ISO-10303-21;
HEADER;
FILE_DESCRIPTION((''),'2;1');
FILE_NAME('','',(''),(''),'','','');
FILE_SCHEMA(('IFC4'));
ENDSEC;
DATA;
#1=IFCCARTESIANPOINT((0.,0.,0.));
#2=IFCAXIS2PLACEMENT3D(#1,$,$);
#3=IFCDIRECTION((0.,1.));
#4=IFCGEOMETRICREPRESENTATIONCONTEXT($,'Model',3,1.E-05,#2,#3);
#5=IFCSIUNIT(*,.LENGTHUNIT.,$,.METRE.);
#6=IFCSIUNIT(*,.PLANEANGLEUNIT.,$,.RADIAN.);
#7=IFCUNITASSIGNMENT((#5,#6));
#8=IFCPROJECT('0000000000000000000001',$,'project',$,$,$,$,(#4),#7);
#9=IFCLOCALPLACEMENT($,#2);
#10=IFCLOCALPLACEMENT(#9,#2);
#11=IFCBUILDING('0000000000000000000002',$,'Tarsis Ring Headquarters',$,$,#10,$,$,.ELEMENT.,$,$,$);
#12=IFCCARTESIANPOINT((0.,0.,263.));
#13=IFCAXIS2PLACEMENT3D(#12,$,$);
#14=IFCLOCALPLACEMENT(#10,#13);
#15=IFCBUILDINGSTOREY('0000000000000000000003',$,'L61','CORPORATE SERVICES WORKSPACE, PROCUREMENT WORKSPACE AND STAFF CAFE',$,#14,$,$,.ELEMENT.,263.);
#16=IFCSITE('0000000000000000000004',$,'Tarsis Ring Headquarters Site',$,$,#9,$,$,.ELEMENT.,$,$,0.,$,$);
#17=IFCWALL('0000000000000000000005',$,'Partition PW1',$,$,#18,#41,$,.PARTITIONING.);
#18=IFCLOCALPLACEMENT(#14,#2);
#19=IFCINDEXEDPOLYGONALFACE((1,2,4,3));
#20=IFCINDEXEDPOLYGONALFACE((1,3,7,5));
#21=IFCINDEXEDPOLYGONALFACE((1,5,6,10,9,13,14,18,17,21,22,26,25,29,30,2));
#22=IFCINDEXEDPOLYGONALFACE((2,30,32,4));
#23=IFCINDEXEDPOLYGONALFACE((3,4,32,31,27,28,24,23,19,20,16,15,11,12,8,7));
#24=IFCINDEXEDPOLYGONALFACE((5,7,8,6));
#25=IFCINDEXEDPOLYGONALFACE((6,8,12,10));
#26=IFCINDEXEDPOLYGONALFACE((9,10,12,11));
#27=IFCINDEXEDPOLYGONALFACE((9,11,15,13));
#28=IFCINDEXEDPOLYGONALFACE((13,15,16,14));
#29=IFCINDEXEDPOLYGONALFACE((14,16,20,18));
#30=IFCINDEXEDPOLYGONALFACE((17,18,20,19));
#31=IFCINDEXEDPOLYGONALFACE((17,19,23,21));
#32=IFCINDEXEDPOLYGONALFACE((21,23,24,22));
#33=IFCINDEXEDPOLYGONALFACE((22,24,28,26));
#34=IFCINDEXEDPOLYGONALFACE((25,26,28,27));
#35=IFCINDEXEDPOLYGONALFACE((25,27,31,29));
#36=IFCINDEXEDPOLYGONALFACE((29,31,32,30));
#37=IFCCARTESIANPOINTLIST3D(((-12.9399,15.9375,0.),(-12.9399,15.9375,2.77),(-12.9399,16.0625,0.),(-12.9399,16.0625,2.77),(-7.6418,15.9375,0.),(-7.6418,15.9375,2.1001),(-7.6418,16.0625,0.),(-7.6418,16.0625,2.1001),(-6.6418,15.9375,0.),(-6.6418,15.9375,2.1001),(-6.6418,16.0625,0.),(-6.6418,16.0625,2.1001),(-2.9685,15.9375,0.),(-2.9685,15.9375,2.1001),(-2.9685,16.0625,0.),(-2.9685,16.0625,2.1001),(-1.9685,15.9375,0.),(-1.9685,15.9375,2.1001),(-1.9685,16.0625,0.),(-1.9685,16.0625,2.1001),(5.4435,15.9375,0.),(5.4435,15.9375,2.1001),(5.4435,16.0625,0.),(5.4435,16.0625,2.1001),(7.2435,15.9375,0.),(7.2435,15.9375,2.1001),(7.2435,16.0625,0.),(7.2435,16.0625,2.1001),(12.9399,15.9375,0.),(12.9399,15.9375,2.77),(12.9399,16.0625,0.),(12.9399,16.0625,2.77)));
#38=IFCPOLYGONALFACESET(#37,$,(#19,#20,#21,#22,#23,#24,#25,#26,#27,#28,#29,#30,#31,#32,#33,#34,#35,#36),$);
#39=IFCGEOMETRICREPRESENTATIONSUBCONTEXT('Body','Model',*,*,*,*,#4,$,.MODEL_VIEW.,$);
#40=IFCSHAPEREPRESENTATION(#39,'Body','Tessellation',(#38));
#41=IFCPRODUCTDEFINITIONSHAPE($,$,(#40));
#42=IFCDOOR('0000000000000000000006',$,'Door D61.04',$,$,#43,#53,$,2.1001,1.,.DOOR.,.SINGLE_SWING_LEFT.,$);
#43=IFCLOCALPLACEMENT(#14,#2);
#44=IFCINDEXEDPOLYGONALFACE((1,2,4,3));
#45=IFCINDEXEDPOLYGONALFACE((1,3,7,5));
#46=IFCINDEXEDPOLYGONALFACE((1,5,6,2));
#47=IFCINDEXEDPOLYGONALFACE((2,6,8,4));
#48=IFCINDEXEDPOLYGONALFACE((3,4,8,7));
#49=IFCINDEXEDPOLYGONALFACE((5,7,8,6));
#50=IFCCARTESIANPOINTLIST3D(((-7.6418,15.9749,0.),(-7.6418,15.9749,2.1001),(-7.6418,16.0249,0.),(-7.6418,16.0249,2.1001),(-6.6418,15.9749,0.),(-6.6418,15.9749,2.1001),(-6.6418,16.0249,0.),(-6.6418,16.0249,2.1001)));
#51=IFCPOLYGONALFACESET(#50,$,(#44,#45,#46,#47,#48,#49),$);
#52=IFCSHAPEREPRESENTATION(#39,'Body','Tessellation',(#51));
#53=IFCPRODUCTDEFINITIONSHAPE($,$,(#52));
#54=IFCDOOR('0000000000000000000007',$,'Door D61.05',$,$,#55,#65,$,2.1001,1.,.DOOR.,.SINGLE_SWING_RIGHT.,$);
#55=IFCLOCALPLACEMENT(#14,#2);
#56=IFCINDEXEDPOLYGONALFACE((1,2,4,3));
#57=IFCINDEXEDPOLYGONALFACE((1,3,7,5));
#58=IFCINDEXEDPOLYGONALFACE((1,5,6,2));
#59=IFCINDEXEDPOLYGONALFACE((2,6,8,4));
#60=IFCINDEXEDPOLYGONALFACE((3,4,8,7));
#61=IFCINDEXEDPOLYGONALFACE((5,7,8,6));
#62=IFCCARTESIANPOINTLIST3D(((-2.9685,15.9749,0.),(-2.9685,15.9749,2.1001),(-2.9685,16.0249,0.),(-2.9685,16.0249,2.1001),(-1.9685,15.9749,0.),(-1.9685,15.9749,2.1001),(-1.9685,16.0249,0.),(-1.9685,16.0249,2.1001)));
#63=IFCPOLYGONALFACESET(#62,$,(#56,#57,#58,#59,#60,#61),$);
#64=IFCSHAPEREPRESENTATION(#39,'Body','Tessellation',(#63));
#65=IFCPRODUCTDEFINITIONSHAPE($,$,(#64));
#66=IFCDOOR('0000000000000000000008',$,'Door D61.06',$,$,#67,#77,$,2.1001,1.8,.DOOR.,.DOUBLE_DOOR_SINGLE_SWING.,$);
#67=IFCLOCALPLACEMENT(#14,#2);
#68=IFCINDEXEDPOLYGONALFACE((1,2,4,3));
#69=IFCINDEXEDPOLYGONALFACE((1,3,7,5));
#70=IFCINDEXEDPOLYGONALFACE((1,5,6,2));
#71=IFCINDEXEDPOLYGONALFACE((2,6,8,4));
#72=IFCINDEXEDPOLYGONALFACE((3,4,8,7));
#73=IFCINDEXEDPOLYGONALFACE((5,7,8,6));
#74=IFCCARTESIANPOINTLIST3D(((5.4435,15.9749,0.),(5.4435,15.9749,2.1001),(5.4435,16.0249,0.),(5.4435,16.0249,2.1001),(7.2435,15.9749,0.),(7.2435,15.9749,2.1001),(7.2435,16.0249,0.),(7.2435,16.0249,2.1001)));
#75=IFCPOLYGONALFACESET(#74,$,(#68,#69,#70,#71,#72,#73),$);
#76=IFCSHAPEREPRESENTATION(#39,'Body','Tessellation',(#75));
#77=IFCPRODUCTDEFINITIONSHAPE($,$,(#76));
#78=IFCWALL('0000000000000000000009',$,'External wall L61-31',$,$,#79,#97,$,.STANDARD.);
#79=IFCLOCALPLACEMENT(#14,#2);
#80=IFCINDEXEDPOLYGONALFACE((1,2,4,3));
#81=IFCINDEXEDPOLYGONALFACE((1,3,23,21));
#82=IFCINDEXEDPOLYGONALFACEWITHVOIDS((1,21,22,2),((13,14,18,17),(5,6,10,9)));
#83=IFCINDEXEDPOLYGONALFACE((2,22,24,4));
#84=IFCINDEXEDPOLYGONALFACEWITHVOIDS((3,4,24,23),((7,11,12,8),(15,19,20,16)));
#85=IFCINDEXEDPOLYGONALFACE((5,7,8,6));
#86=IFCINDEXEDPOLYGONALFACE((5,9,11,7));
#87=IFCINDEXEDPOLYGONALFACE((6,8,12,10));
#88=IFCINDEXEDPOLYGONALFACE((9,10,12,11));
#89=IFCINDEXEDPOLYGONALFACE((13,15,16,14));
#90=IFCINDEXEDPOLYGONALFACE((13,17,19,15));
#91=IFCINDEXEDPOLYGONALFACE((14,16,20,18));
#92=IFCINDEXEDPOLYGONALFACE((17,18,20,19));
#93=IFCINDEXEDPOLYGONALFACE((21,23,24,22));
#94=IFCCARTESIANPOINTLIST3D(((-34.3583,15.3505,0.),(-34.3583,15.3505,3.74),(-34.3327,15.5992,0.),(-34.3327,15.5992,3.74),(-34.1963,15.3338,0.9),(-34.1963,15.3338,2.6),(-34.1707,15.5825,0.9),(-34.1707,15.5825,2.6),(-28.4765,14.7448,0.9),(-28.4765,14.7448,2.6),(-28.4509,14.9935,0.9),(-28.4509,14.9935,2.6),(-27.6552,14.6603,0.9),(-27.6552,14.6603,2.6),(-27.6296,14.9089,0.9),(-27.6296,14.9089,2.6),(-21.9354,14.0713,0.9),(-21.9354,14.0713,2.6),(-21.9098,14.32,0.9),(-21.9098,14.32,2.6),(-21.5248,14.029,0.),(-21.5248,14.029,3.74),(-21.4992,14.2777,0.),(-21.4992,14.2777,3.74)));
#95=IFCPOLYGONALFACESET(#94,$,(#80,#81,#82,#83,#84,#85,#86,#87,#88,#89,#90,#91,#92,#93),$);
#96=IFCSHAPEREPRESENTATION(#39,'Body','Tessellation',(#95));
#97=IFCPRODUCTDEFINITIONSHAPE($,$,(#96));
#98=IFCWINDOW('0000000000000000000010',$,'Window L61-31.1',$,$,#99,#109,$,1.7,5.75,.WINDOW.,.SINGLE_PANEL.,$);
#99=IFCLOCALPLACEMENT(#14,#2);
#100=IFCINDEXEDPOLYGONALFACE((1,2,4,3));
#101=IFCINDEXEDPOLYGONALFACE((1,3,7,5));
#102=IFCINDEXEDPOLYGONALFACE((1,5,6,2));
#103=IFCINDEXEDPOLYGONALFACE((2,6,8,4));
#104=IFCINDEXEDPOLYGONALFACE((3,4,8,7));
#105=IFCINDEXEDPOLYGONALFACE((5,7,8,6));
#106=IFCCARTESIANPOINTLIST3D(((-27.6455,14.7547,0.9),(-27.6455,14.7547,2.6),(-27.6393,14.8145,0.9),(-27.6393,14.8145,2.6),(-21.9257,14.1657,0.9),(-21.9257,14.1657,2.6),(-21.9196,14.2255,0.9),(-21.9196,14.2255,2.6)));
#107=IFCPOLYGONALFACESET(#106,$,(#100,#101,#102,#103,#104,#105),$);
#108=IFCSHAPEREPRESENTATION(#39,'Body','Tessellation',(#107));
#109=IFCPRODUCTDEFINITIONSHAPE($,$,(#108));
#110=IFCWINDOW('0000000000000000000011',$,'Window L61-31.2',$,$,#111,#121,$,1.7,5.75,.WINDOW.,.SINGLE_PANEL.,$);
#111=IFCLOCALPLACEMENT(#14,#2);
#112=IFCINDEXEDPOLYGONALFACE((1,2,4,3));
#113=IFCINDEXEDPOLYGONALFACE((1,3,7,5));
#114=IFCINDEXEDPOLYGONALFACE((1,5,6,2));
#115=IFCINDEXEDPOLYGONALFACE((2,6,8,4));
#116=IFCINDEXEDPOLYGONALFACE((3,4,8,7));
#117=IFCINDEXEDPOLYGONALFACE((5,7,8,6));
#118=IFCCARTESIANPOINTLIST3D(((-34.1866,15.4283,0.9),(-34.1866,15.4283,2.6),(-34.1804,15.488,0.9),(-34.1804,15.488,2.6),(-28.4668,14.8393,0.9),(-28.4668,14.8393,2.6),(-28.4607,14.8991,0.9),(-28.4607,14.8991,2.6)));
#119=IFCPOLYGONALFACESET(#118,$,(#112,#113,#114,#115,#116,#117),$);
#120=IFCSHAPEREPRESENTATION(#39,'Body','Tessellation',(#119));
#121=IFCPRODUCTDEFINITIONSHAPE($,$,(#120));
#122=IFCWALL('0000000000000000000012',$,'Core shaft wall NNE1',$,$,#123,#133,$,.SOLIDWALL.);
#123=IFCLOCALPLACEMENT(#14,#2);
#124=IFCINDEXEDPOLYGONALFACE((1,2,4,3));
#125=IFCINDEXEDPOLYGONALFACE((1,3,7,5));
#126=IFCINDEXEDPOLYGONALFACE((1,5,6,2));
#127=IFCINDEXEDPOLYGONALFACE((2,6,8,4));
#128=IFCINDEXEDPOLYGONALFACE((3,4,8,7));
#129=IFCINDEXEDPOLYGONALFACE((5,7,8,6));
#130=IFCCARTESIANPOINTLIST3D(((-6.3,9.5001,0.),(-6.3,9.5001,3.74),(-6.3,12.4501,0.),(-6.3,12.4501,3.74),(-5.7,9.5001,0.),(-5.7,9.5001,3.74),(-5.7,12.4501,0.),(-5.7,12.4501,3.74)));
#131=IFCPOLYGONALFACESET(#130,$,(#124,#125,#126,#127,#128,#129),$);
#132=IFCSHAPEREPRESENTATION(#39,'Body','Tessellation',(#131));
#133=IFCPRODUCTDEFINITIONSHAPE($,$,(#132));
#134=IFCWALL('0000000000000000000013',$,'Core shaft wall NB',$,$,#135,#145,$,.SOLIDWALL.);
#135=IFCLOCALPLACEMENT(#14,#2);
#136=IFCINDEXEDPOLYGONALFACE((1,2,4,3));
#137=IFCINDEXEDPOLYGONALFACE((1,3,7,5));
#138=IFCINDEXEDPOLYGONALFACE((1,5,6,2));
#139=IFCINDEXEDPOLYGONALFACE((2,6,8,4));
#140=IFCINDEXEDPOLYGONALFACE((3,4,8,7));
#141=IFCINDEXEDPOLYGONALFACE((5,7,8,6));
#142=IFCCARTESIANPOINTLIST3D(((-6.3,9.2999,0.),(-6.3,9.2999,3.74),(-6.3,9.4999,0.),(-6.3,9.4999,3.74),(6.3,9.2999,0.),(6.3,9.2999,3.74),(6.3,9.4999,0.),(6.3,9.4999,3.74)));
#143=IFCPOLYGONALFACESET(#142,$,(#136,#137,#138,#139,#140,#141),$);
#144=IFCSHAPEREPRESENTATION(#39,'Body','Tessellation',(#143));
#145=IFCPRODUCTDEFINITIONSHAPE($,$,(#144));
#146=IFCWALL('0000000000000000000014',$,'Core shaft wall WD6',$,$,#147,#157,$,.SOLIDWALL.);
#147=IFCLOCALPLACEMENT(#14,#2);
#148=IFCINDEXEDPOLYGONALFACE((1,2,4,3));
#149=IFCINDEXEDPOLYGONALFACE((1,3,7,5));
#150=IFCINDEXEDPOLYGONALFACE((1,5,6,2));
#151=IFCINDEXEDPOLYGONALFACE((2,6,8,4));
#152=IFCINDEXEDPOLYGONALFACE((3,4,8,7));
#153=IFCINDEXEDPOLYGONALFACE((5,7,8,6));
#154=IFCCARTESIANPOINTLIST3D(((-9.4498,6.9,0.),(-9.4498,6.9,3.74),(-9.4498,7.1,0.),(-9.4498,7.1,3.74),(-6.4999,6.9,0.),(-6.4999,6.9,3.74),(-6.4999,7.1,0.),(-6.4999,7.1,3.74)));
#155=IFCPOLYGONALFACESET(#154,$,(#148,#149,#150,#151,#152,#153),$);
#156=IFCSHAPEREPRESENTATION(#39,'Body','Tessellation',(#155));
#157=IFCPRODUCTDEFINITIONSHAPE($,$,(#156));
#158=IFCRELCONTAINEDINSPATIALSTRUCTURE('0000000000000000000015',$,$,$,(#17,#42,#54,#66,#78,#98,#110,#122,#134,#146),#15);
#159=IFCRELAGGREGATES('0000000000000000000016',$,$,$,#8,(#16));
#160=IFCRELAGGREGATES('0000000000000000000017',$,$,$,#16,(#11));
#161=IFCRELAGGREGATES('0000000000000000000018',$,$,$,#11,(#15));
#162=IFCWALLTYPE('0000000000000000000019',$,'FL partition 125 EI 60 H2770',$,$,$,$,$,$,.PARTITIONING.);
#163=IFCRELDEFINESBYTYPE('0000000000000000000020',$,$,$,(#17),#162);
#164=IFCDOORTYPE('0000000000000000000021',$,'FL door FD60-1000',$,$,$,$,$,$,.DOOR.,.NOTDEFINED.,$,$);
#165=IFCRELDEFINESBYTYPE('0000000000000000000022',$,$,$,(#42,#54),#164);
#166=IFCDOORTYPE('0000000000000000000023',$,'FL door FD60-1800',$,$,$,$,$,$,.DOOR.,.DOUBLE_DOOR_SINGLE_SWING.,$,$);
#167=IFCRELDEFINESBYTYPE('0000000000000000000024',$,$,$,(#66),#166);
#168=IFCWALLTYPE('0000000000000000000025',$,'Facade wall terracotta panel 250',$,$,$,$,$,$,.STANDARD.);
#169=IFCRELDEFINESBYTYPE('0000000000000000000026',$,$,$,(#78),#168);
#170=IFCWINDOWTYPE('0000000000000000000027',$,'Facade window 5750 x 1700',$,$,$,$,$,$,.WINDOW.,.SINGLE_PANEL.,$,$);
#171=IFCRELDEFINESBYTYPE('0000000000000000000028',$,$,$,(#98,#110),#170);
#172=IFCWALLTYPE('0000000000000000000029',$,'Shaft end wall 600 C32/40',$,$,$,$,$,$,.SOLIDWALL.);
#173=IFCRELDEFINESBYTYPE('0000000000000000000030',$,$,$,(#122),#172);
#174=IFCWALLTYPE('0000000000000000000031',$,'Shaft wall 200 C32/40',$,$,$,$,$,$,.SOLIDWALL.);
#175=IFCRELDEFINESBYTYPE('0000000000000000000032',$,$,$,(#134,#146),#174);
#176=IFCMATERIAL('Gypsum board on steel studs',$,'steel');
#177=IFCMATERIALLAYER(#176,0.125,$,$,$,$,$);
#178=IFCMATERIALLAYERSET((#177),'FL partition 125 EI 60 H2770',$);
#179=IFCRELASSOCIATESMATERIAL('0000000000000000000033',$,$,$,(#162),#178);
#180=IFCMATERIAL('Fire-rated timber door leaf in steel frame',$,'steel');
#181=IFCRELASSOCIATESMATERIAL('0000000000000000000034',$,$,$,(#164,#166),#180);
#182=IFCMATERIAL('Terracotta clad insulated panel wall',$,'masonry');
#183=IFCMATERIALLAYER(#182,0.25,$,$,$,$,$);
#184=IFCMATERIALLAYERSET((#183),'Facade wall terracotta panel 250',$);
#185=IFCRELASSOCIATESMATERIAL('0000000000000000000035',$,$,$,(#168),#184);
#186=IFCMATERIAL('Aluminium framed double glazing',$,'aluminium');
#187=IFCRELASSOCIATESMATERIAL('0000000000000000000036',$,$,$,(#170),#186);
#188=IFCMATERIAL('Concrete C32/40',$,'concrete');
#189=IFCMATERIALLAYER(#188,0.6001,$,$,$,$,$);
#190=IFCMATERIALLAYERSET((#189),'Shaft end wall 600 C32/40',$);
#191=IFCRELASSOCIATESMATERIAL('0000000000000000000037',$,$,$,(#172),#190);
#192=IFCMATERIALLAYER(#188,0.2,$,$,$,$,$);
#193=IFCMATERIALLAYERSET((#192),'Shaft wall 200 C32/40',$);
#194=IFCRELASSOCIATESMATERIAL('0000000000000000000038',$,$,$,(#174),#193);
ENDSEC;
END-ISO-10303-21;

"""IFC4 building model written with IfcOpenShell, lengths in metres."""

from ifc_helpers import new_model, si_unit, direction, frame, frame_2d, origin, place, context, subcontext, project, spatial, rectangle, extrude, material, layer, layer_set, type_object, element, fill, save


model = new_model("IFC4")

# Units and contexts
model_context = context("Model", 3, precision=1e-05, world=origin(), true_north=direction((0.0, 1.0)))
body_context = subcontext(model_context, "Body", "Model", "MODEL_VIEW")
ifc_project = project(units=[si_unit("LENGTHUNIT", "METRE"), si_unit("PLANEANGLEUNIT", "RADIAN")], contexts=[model_context])

# Site, building, storey
site_placement = place(None, origin())
site = spatial("IfcSite", under=ifc_project, at=site_placement, Name="Tarsis Ring Headquarters Site", CompositionType="ELEMENT", RefElevation=0.0)
building_placement = place(site_placement, origin())
building = spatial("IfcBuilding", under=site, at=building_placement, Name="Tarsis Ring Headquarters", CompositionType="ELEMENT")
storey_placement = place(building_placement, frame((0.0, 0.0, 263.0)))
storey = spatial("IfcBuildingStorey", under=building, at=storey_placement, Name="L61", Description="CORPORATE SERVICES WORKSPACE, PROCUREMENT WORKSPACE AND STAFF CAFE", CompositionType="ELEMENT", Elevation=263.0)

# Shared definitions
ifc_material_1 = material(Name="Gypsum board on steel studs", Category="steel")

# Wall, openings, doors
ifc_layer_1 = layer(ifc_material_1, 0.125)
ifc_layer_set_1 = layer_set([ifc_layer_1], Name="FL partition 125 EI 60 H2770")
wall_type_1 = type_object("IfcWallType", Name="FL partition 125 EI 60 H2770", PredefinedType="PARTITIONING", material=ifc_layer_set_1)
wall_1_placement = place(storey_placement, frame((-12.9399, 16.0, 0.0), z_axis=(0.0, 0.0, 1.0), x_axis=(1.0, 0.0, 0.0)))
wall_1 = element("IfcWall", 1, at=wall_1_placement, inside=storey, type_object=wall_type_1, Name="Partition PW1", PredefinedType="PARTITIONING", context=body_context, shape_type="SweptSolid", body=[
    extrude(rectangle(XDim=25.8799, YDim=0.125, at=frame_2d((12.9399, 0.0))), origin(), (0.0, 0.0, 1.0), 2.77),
])
opening_1_placement = place(wall_1_placement, frame((5.2981, 0.0, 0.0)))
opening_1 = element("IfcOpeningElement", 2, at=opening_1_placement, cuts=wall_1, PredefinedType="OPENING", context=body_context, shape_type="SweptSolid", body=[
    extrude(rectangle(XDim=1.0, YDim=2.1001, at=frame_2d((0.5, 1.05))), frame((0.0, 0.0725, 0.0), z_axis=(0.0, -1.0, 0.0), x_axis=(1.0, 0.0, 0.0)), (0.0, 0.0, 1.0), 0.145),
])
opening_2_placement = place(wall_1_placement, frame((9.9714, 0.0, 0.0)))
opening_2 = element("IfcOpeningElement", 3, at=opening_2_placement, cuts=wall_1, PredefinedType="OPENING", context=body_context, shape_type="SweptSolid", body=[
    extrude(rectangle(XDim=1.0, YDim=2.1001, at=frame_2d((0.5, 1.05))), frame((0.0, 0.0725, 0.0), z_axis=(0.0, -1.0, 0.0), x_axis=(1.0, 0.0, 0.0)), (0.0, 0.0, 1.0), 0.145),
])
opening_3_placement = place(wall_1_placement, frame((18.3835, 0.0, 0.0)))
opening_3 = element("IfcOpeningElement", 4, at=opening_3_placement, cuts=wall_1, PredefinedType="OPENING", context=body_context, shape_type="SweptSolid", body=[
    extrude(rectangle(XDim=1.8, YDim=2.1001, at=frame_2d((0.8999, 1.05))), frame((0.0, 0.0725, 0.0), z_axis=(0.0, -1.0, 0.0), x_axis=(1.0, 0.0, 0.0)), (0.0, 0.0, 1.0), 0.145),
])
ifc_material_2 = material(Name="Fire-rated timber door leaf in steel frame", Category="steel")
door_type_1 = type_object("IfcDoorType", Name="FL door FD60-1000", OperationType="NOTDEFINED", PredefinedType="DOOR", material=ifc_material_2)
door_1_placement = place(opening_1_placement, origin())
door_1 = element("IfcDoor", 5, at=door_1_placement, inside=storey, type_object=door_type_1, Name="Door D61.04", OperationType="SINGLE_SWING_LEFT", OverallHeight=2.1001, OverallWidth=1.0, PredefinedType="DOOR", context=body_context, shape_type="SweptSolid", body=[
    extrude(rectangle(XDim=1.0, YDim=2.1001, at=frame_2d((0.5, 1.05))), frame((0.0, 0.0249, 0.0), z_axis=(0.0, -1.0, 0.0), x_axis=(1.0, 0.0, 0.0)), (0.0, 0.0, 1.0), 0.05),
])
fill(opening_1, door_1)
door_2_placement = place(opening_2_placement, origin())
door_2 = element("IfcDoor", 6, at=door_2_placement, inside=storey, type_object=door_type_1, Name="Door D61.05", OperationType="SINGLE_SWING_RIGHT", OverallHeight=2.1001, OverallWidth=1.0, PredefinedType="DOOR", context=body_context, shape_type="SweptSolid", body=[
    extrude(rectangle(XDim=1.0, YDim=2.1001, at=frame_2d((0.5, 1.05))), frame((0.0, 0.0249, 0.0), z_axis=(0.0, -1.0, 0.0), x_axis=(1.0, 0.0, 0.0)), (0.0, 0.0, 1.0), 0.05),
])
fill(opening_2, door_2)
door_type_2 = type_object("IfcDoorType", Name="FL door FD60-1800", OperationType="DOUBLE_DOOR_SINGLE_SWING", PredefinedType="DOOR", material=ifc_material_2)
door_3_placement = place(opening_3_placement, origin())
door_3 = element("IfcDoor", 7, at=door_3_placement, inside=storey, type_object=door_type_2, Name="Door D61.06", OperationType="DOUBLE_DOOR_SINGLE_SWING", OverallHeight=2.1001, OverallWidth=1.8, PredefinedType="DOOR", context=body_context, shape_type="SweptSolid", body=[
    extrude(rectangle(XDim=1.8, YDim=2.1001, at=frame_2d((0.8999, 1.05))), frame((0.0, 0.0249, 0.0), z_axis=(0.0, -1.0, 0.0), x_axis=(1.0, 0.0, 0.0)), (0.0, 0.0, 1.0), 0.05),
])
fill(opening_3, door_3)

# Wall, openings, windows
ifc_material_3 = material(Name="Terracotta clad insulated panel wall", Category="masonry")
ifc_layer_2 = layer(ifc_material_3, 0.25)
ifc_layer_set_2 = layer_set([ifc_layer_2], Name="Facade wall terracotta panel 250")
wall_type_2 = type_object("IfcWallType", Name="Facade wall terracotta panel 250", PredefinedType="STANDARD", material=ifc_layer_set_2)
wall_2_placement = place(storey_placement, frame((-21.512, 14.1533, 0.0), z_axis=(0.0, 0.0, 1.0), x_axis=(-0.99474, 0.102434, 0.0)))
wall_2 = element("IfcWall", 8, at=wall_2_placement, inside=storey, type_object=wall_type_2, Name="External wall L61-31", PredefinedType="STANDARD", context=body_context, shape_type="SweptSolid", body=[
    extrude(rectangle(XDim=12.9014, YDim=0.25, at=frame_2d((6.4507, 0.0))), origin(), (0.0, 0.0, 1.0), 3.74),
])
opening_4_placement = place(wall_2_placement, frame((0.4128, 0.0, 0.8999)))
opening_4 = element("IfcOpeningElement", 9, at=opening_4_placement, cuts=wall_2, PredefinedType="OPENING", context=body_context, shape_type="SweptSolid", body=[
    extrude(rectangle(XDim=5.75, YDim=1.7, at=frame_2d((2.875, 0.8501))), frame((0.0, 0.135, 0.0), z_axis=(0.0, -1.0, 0.0), x_axis=(1.0, 0.0, 0.0)), (0.0, 0.0, 1.0), 0.27),
])
opening_5_placement = place(wall_2_placement, frame((6.9885, 0.0, 0.8999)))
opening_5 = element("IfcOpeningElement", 10, at=opening_5_placement, cuts=wall_2, PredefinedType="OPENING", context=body_context, shape_type="SweptSolid", body=[
    extrude(rectangle(XDim=5.75, YDim=1.7, at=frame_2d((2.875, 0.8501))), frame((0.0, 0.135, 0.0), z_axis=(0.0, -1.0, 0.0), x_axis=(1.0, 0.0, 0.0)), (0.0, 0.0, 1.0), 0.27),
])
ifc_material_4 = material(Name="Aluminium framed double glazing", Category="aluminium")
window_type = type_object("IfcWindowType", Name="Facade window 5750 x 1700", PartitioningType="SINGLE_PANEL", PredefinedType="WINDOW", material=ifc_material_4)
window_1_placement = place(opening_4_placement, origin())
window_1 = element("IfcWindow", 11, at=window_1_placement, inside=storey, type_object=window_type, Name="Window L61-31.1", OverallHeight=1.7, OverallWidth=5.75, PartitioningType="SINGLE_PANEL", PredefinedType="WINDOW", context=body_context, shape_type="SweptSolid", body=[
    extrude(rectangle(XDim=5.75, YDim=1.7, at=frame_2d((2.875, 0.8501))), frame((0.0, 0.03, 0.0), z_axis=(0.0, -1.0, 0.0), x_axis=(1.0, 0.0, 0.0)), (0.0, 0.0, 1.0), 0.0601),
])
fill(opening_4, window_1)
window_2_placement = place(opening_5_placement, origin())
window_2 = element("IfcWindow", 12, at=window_2_placement, inside=storey, type_object=window_type, Name="Window L61-31.2", OverallHeight=1.7, OverallWidth=5.75, PartitioningType="SINGLE_PANEL", PredefinedType="WINDOW", context=body_context, shape_type="SweptSolid", body=[
    extrude(rectangle(XDim=5.75, YDim=1.7, at=frame_2d((2.875, 0.8501))), frame((0.0, 0.03, 0.0), z_axis=(0.0, -1.0, 0.0), x_axis=(1.0, 0.0, 0.0)), (0.0, 0.0, 1.0), 0.0601),
])
fill(opening_5, window_2)

# Walls
ifc_material_5 = material(Name="Concrete C32/40", Category="concrete")
ifc_layer_3 = layer(ifc_material_5, 0.6001)
ifc_layer_set_3 = layer_set([ifc_layer_3], Name="Shaft end wall 600 C32/40")
wall_type_3 = type_object("IfcWallType", Name="Shaft end wall 600 C32/40", PredefinedType="SOLIDWALL", material=ifc_layer_set_3)
wall_3_placement = place(storey_placement, frame((-6.0, 9.5, 0.0), z_axis=(0.0, 0.0, 1.0), x_axis=(0.0, 1.0, 0.0)))
element("IfcWall", 13, at=wall_3_placement, inside=storey, type_object=wall_type_3, Name="Core shaft wall NNE1", PredefinedType="SOLIDWALL", context=body_context, shape_type="SweptSolid", body=[
    extrude(rectangle(XDim=2.95, YDim=0.6001, at=frame_2d((1.4751, 0.0))), origin(), (0.0, 0.0, 1.0), 3.74),
])
ifc_layer_4 = layer(ifc_material_5, 0.2)
ifc_layer_set_4 = layer_set([ifc_layer_4], Name="Shaft wall 200 C32/40")
wall_type_4 = type_object("IfcWallType", Name="Shaft wall 200 C32/40", PredefinedType="SOLIDWALL", material=ifc_layer_set_4)
wall_4_placement = place(storey_placement, frame((-6.3, 9.3999, 0.0), z_axis=(0.0, 0.0, 1.0), x_axis=(1.0, 0.0, 0.0)))
element("IfcWall", 14, at=wall_4_placement, inside=storey, type_object=wall_type_4, Name="Core shaft wall NB", PredefinedType="SOLIDWALL", context=body_context, shape_type="SweptSolid", body=[
    extrude(rectangle(XDim=12.6001, YDim=0.2, at=frame_2d((6.3, 0.0))), origin(), (0.0, 0.0, 1.0), 3.74),
])
wall_5_placement = place(storey_placement, frame((-9.45, 7.0, 0.0), z_axis=(0.0, 0.0, 1.0), x_axis=(1.0, 0.0, 0.0)))
element("IfcWall", 15, at=wall_5_placement, inside=storey, type_object=wall_type_4, Name="Core shaft wall WD6", PredefinedType="SOLIDWALL", context=body_context, shape_type="SweptSolid", body=[
    extrude(rectangle(XDim=2.95, YDim=0.2, at=frame_2d((1.4751, 0.0))), origin(), (0.0, 0.0, 1.0), 3.74),
])

save(model, "model.ifc")
